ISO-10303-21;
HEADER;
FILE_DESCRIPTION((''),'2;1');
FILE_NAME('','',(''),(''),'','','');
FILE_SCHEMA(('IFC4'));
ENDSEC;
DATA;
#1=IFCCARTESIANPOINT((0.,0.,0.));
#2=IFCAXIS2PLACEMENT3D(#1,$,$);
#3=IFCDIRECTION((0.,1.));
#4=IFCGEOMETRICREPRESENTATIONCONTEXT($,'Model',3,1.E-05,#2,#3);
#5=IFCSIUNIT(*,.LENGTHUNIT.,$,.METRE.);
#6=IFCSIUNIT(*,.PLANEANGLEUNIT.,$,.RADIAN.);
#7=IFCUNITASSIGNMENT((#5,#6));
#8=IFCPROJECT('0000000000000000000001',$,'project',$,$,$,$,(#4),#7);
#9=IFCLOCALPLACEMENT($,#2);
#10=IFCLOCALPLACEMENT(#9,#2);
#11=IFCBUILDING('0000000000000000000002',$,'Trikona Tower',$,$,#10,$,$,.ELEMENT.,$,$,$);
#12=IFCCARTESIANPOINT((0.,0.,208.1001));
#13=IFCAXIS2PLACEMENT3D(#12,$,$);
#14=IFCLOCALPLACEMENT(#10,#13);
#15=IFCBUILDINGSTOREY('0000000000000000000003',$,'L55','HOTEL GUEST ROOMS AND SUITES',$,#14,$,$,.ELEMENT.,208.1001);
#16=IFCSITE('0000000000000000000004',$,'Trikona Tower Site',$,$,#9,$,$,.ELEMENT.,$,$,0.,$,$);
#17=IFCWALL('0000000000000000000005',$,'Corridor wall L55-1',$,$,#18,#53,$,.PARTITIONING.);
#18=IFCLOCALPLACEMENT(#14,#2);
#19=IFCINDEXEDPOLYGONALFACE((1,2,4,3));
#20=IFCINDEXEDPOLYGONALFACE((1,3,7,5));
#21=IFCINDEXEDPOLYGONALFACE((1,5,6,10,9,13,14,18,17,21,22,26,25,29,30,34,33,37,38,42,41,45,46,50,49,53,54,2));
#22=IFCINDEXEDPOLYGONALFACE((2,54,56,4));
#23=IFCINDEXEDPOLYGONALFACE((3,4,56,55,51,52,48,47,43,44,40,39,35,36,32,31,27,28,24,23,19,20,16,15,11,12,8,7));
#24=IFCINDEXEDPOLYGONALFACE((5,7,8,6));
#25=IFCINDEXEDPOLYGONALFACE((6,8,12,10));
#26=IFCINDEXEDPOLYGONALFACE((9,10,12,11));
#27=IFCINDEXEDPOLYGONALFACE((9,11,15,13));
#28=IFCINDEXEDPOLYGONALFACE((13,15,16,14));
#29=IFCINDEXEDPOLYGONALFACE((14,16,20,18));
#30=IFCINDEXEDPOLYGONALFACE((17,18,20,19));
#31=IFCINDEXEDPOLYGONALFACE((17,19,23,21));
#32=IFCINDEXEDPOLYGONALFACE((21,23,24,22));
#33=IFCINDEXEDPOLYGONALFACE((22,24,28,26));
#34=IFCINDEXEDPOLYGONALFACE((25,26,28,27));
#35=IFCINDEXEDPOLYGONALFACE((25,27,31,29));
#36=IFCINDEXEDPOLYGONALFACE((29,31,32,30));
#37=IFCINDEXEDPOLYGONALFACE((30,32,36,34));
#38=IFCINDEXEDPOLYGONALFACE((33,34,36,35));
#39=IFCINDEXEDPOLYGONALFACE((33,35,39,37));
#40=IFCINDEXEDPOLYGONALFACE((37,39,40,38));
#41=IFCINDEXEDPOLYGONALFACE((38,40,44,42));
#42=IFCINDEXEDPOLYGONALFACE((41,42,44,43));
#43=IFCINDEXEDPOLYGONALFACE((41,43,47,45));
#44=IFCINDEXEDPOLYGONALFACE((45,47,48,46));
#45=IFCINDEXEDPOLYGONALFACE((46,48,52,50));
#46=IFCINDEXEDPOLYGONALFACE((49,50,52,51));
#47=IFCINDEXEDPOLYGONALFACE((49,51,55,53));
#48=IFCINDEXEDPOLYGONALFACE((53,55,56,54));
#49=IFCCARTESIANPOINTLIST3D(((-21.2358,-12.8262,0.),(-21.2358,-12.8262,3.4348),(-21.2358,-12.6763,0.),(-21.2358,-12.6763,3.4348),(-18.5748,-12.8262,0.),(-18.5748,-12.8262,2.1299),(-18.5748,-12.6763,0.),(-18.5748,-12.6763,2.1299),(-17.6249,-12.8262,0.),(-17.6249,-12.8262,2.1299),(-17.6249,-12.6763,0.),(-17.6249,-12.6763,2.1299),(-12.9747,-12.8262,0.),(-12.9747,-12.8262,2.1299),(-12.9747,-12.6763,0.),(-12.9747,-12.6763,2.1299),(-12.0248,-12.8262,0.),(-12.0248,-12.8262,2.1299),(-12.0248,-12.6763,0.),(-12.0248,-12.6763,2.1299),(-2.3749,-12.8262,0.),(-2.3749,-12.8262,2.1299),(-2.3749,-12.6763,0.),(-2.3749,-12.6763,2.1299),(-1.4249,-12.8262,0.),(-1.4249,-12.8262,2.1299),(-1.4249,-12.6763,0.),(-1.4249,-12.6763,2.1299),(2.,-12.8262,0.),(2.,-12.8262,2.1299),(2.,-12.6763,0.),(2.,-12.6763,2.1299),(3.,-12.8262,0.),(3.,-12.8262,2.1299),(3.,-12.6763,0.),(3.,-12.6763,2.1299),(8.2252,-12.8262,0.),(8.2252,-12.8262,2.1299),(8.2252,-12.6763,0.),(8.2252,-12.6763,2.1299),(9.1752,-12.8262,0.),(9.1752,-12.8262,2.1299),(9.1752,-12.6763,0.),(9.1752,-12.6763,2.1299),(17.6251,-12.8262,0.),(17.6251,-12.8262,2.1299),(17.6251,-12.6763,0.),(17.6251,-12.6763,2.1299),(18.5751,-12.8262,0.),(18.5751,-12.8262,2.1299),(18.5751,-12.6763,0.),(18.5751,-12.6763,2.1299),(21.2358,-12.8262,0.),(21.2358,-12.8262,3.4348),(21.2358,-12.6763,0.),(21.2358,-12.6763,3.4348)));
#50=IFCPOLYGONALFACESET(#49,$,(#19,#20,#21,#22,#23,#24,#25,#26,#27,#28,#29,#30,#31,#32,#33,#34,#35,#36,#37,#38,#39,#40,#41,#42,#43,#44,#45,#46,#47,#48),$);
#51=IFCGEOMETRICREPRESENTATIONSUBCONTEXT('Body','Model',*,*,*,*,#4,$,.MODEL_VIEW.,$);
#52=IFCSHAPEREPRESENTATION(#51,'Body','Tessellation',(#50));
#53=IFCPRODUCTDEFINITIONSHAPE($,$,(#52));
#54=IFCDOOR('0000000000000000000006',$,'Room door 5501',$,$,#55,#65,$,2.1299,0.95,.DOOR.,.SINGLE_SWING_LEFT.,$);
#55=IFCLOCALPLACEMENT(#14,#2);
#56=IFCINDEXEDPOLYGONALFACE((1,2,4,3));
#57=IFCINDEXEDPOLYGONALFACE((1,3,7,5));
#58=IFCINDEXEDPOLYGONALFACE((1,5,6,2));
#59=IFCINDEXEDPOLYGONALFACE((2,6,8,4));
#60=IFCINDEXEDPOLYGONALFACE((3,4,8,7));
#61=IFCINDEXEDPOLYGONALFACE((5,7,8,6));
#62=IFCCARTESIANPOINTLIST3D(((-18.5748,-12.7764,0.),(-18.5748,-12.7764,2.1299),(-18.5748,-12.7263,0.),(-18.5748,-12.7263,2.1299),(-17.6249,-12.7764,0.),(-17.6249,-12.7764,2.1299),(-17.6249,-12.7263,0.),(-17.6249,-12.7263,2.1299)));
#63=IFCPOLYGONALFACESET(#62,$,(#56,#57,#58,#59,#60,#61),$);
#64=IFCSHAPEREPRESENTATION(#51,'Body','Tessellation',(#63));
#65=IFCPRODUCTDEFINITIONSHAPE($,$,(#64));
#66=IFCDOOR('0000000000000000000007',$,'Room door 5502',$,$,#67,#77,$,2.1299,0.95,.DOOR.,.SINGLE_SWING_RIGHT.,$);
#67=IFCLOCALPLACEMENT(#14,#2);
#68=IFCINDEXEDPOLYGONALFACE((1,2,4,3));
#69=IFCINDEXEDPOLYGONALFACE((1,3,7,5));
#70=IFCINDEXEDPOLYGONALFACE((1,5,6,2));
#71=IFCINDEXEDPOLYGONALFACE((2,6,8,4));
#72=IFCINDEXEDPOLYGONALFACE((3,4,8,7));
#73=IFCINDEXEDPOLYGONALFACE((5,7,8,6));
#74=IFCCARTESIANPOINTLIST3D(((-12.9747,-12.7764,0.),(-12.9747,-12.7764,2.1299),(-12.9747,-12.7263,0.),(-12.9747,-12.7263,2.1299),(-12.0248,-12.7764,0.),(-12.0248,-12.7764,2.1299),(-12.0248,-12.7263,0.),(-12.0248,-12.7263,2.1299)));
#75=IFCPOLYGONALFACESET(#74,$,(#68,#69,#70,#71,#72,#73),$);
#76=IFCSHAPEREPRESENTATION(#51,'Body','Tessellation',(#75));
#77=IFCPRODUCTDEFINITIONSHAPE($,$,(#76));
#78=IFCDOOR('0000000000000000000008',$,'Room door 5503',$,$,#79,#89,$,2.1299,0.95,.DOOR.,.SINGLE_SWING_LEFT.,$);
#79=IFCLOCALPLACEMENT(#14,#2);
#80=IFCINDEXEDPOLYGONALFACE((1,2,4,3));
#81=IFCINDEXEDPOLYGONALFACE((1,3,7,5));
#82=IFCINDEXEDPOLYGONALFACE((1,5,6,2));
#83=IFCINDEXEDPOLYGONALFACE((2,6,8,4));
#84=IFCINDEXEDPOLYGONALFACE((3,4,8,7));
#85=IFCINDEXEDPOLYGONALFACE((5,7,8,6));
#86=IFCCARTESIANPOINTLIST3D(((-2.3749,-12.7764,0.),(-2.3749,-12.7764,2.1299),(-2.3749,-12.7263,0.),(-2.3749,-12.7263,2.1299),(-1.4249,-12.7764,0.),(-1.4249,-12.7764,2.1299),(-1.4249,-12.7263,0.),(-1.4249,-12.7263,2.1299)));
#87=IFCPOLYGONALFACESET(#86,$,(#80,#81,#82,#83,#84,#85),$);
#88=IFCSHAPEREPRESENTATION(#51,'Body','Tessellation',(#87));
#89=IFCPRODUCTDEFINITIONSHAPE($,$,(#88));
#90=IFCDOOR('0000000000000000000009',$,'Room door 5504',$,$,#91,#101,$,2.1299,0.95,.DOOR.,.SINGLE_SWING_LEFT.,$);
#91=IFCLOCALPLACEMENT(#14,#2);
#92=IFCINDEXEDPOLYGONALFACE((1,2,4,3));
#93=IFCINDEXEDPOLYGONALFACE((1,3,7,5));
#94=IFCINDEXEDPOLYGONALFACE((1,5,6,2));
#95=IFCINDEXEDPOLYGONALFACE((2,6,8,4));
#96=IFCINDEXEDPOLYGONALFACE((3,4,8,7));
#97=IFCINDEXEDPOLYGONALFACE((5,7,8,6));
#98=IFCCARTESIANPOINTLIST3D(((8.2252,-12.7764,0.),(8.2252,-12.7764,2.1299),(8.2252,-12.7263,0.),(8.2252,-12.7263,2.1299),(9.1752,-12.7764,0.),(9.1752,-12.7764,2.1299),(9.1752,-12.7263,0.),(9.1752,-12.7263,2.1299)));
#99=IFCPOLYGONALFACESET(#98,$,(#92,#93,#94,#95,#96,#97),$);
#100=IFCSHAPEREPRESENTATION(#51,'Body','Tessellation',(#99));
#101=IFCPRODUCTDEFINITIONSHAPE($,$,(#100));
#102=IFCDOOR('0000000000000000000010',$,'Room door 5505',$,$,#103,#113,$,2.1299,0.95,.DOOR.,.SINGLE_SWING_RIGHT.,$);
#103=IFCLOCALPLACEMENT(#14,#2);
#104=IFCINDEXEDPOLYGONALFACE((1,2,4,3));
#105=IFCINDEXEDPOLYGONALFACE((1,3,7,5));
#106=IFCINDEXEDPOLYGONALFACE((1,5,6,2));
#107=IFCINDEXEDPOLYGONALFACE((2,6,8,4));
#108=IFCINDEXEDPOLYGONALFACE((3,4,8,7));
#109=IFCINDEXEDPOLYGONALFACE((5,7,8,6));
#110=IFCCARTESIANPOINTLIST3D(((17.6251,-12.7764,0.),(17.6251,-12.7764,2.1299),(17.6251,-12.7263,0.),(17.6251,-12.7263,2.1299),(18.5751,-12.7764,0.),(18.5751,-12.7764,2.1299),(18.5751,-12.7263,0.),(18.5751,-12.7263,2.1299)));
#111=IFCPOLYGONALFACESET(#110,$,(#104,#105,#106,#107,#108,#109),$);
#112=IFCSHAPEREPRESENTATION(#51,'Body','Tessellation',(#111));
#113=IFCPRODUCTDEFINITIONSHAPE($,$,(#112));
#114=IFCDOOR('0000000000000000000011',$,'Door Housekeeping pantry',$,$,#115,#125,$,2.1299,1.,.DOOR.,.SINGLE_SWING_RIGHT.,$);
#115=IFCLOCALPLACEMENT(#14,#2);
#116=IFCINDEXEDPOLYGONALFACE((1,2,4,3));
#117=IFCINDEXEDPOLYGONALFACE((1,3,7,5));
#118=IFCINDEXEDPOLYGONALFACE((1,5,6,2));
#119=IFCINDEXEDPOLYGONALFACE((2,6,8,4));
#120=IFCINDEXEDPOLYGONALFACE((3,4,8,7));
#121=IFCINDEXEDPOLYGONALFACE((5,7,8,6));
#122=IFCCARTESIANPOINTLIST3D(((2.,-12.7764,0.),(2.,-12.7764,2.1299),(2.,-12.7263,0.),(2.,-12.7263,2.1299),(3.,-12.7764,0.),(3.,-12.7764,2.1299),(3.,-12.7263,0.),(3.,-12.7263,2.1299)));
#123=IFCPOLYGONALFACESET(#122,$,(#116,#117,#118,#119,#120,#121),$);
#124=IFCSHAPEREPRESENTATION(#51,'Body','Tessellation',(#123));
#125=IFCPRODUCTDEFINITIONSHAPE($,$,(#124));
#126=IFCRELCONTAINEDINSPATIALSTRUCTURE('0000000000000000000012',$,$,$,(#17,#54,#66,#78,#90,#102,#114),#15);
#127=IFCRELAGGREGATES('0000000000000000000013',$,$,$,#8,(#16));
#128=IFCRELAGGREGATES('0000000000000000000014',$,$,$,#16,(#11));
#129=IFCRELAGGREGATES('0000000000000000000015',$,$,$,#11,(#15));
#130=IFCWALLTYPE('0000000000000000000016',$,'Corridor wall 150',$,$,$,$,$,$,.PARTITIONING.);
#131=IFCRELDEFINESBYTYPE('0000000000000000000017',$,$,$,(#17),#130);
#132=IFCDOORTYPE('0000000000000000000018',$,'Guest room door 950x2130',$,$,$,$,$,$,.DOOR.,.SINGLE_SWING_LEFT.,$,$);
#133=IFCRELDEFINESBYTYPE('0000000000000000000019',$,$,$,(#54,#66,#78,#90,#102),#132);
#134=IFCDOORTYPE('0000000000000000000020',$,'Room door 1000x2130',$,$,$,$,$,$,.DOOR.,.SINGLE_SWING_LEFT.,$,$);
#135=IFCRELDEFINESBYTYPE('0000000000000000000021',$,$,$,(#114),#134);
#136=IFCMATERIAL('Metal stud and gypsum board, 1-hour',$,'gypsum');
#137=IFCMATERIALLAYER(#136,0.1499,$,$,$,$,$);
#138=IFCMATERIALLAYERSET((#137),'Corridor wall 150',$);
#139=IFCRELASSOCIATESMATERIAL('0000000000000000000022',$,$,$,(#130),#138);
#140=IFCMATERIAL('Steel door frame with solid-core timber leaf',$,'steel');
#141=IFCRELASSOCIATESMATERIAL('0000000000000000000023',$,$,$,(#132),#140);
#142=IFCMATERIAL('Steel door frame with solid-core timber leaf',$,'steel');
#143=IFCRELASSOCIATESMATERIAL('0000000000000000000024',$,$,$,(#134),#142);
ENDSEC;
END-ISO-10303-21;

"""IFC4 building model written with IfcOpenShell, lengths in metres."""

from ifc_helpers import new_model, si_unit, direction, frame, frame_2d, origin, place, context, subcontext, project, spatial, rectangle, extrude, material, layer, layer_set, type_object, element, fill, save


model = new_model("IFC4")

# Units and contexts
model_context = context("Model", 3, precision=1e-05, world=origin(), true_north=direction((0.0, 1.0)))
body_context = subcontext(model_context, "Body", "Model", "MODEL_VIEW")
ifc_project = project(units=[si_unit("LENGTHUNIT", "METRE"), si_unit("PLANEANGLEUNIT", "RADIAN")], contexts=[model_context])

# Site, building, storey
site_placement = place(None, origin())
site = spatial("IfcSite", under=ifc_project, at=site_placement, Name="Trikona Tower Site", CompositionType="ELEMENT", RefElevation=0.0)
building_placement = place(site_placement, origin())
building = spatial("IfcBuilding", under=site, at=building_placement, Name="Trikona Tower", CompositionType="ELEMENT")
storey_placement = place(building_placement, frame((0.0, 0.0, 208.1001)))
storey = spatial("IfcBuildingStorey", under=building, at=storey_placement, Name="L55", Description="HOTEL GUEST ROOMS AND SUITES", CompositionType="ELEMENT", Elevation=208.1001)

# Wall, openings, doors
ifc_material_1 = material(Name="Metal stud and gypsum board, 1-hour", Category="gypsum")
ifc_layer_1 = layer(ifc_material_1, 0.1499)
ifc_layer_set_1 = layer_set([ifc_layer_1], Name="Corridor wall 150")
wall_type_1 = type_object("IfcWallType", Name="Corridor wall 150", PredefinedType="PARTITIONING", material=ifc_layer_set_1)
wall_1_placement = place(storey_placement, frame((-21.2358, -12.7512, 0.0), z_axis=(0.0, 0.0, 1.0), x_axis=(1.0, 0.0, 0.0)))
wall_1 = element("IfcWall", 1, at=wall_1_placement, inside=storey, type_object=wall_type_1, Name="Corridor wall L55-1", PredefinedType="PARTITIONING", context=body_context, shape_type="SweptSolid", body=[
    extrude(rectangle(XDim=42.4717, YDim=0.1499, at=frame_2d((21.2358, 0.0))), origin(), (0.0, 0.0, 1.0), 3.4348),
])
opening_1_placement = place(wall_1_placement, frame((2.6609, 0.0, 0.0)))
opening_1 = element("IfcOpeningElement", 2, at=opening_1_placement, cuts=wall_1, PredefinedType="OPENING", context=body_context, shape_type="SweptSolid", body=[
    extrude(rectangle(XDim=0.95, YDim=2.1299, at=frame_2d((0.4751, 1.0649))), frame((0.0, 0.085, 0.0), z_axis=(0.0, -1.0, 0.0), x_axis=(1.0, 0.0, 0.0)), (0.0, 0.0, 1.0), 0.1699),
])
opening_2_placement = place(wall_1_placement, frame((8.261, 0.0, 0.0)))
opening_2 = element("IfcOpeningElement", 3, at=opening_2_placement, cuts=wall_1, PredefinedType="OPENING", context=body_context, shape_type="SweptSolid", body=[
    extrude(rectangle(XDim=0.95, YDim=2.1299, at=frame_2d((0.4751, 1.0649))), frame((0.0, 0.085, 0.0), z_axis=(0.0, -1.0, 0.0), x_axis=(1.0, 0.0, 0.0)), (0.0, 0.0, 1.0), 0.1699),
])
opening_3_placement = place(wall_1_placement, frame((18.8608, 0.0, 0.0)))
opening_3 = element("IfcOpeningElement", 4, at=opening_3_placement, cuts=wall_1, PredefinedType="OPENING", context=body_context, shape_type="SweptSolid", body=[
    extrude(rectangle(XDim=0.95, YDim=2.1299, at=frame_2d((0.4751, 1.0649))), frame((0.0, 0.085, 0.0), z_axis=(0.0, -1.0, 0.0), x_axis=(1.0, 0.0, 0.0)), (0.0, 0.0, 1.0), 0.1699),
])
opening_4_placement = place(wall_1_placement, frame((23.2358, 0.0, 0.0)))
opening_4 = element("IfcOpeningElement", 5, at=opening_4_placement, cuts=wall_1, PredefinedType="OPENING", context=body_context, shape_type="SweptSolid", body=[
    extrude(rectangle(XDim=1.0, YDim=2.1299, at=frame_2d((0.5, 1.0649))), frame((0.0, 0.085, 0.0), z_axis=(0.0, -1.0, 0.0), x_axis=(1.0, 0.0, 0.0)), (0.0, 0.0, 1.0), 0.1699),
])
opening_5_placement = place(wall_1_placement, frame((29.4609, 0.0, 0.0)))
opening_5 = element("IfcOpeningElement", 6, at=opening_5_placement, cuts=wall_1, PredefinedType="OPENING", context=body_context, shape_type="SweptSolid", body=[
    extrude(rectangle(XDim=0.95, YDim=2.1299, at=frame_2d((0.4751, 1.0649))), frame((0.0, 0.085, 0.0), z_axis=(0.0, -1.0, 0.0), x_axis=(1.0, 0.0, 0.0)), (0.0, 0.0, 1.0), 0.1699),
])
opening_6_placement = place(wall_1_placement, frame((38.8608, 0.0, 0.0)))
opening_6 = element("IfcOpeningElement", 7, at=opening_6_placement, cuts=wall_1, PredefinedType="OPENING", context=body_context, shape_type="SweptSolid", body=[
    extrude(rectangle(XDim=0.95, YDim=2.1299, at=frame_2d((0.4751, 1.0649))), frame((0.0, 0.085, 0.0), z_axis=(0.0, -1.0, 0.0), x_axis=(1.0, 0.0, 0.0)), (0.0, 0.0, 1.0), 0.1699),
])
ifc_material_2 = material(Name="Steel door frame with solid-core timber leaf", Category="steel")
door_type_1 = type_object("IfcDoorType", Name="Guest room door 950x2130", OperationType="SINGLE_SWING_LEFT", PredefinedType="DOOR", material=ifc_material_2)
door_1_placement = place(opening_1_placement, origin())
door_1 = element("IfcDoor", 8, at=door_1_placement, inside=storey, type_object=door_type_1, Name="Room door 5501", OperationType="SINGLE_SWING_LEFT", OverallHeight=2.1299, OverallWidth=0.95, PredefinedType="DOOR", context=body_context, shape_type="SweptSolid", body=[
    extrude(rectangle(XDim=0.95, YDim=2.1299, at=frame_2d((0.4751, 1.0649))), frame((0.0, 0.0249, 0.0), z_axis=(0.0, -1.0, 0.0), x_axis=(1.0, 0.0, 0.0)), (0.0, 0.0, 1.0), 0.05),
])
fill(opening_1, door_1)
door_2_placement = place(opening_2_placement, origin())
door_2 = element("IfcDoor", 9, at=door_2_placement, inside=storey, type_object=door_type_1, Name="Room door 5502", OperationType="SINGLE_SWING_RIGHT", OverallHeight=2.1299, OverallWidth=0.95, PredefinedType="DOOR", context=body_context, shape_type="SweptSolid", body=[
    extrude(rectangle(XDim=0.95, YDim=2.1299, at=frame_2d((0.4751, 1.0649))), frame((0.0, 0.0249, 0.0), z_axis=(0.0, -1.0, 0.0), x_axis=(1.0, 0.0, 0.0)), (0.0, 0.0, 1.0), 0.05),
])
fill(opening_2, door_2)
door_3_placement = place(opening_3_placement, origin())
door_3 = element("IfcDoor", 10, at=door_3_placement, inside=storey, type_object=door_type_1, Name="Room door 5503", OperationType="SINGLE_SWING_LEFT", OverallHeight=2.1299, OverallWidth=0.95, PredefinedType="DOOR", context=body_context, shape_type="SweptSolid", body=[
    extrude(rectangle(XDim=0.95, YDim=2.1299, at=frame_2d((0.4751, 1.0649))), frame((0.0, 0.0249, 0.0), z_axis=(0.0, -1.0, 0.0), x_axis=(1.0, 0.0, 0.0)), (0.0, 0.0, 1.0), 0.05),
])
fill(opening_3, door_3)
door_4_placement = place(opening_5_placement, origin())
door_4 = element("IfcDoor", 11, at=door_4_placement, inside=storey, type_object=door_type_1, Name="Room door 5504", OperationType="SINGLE_SWING_LEFT", OverallHeight=2.1299, OverallWidth=0.95, PredefinedType="DOOR", context=body_context, shape_type="SweptSolid", body=[
    extrude(rectangle(XDim=0.95, YDim=2.1299, at=frame_2d((0.4751, 1.0649))), frame((0.0, 0.0249, 0.0), z_axis=(0.0, -1.0, 0.0), x_axis=(1.0, 0.0, 0.0)), (0.0, 0.0, 1.0), 0.05),
])
fill(opening_5, door_4)
door_5_placement = place(opening_6_placement, origin())
door_5 = element("IfcDoor", 12, at=door_5_placement, inside=storey, type_object=door_type_1, Name="Room door 5505", OperationType="SINGLE_SWING_RIGHT", OverallHeight=2.1299, OverallWidth=0.95, PredefinedType="DOOR", context=body_context, shape_type="SweptSolid", body=[
    extrude(rectangle(XDim=0.95, YDim=2.1299, at=frame_2d((0.4751, 1.0649))), frame((0.0, 0.0249, 0.0), z_axis=(0.0, -1.0, 0.0), x_axis=(1.0, 0.0, 0.0)), (0.0, 0.0, 1.0), 0.05),
])
fill(opening_6, door_5)
ifc_material_3 = material(Name="Steel door frame with solid-core timber leaf", Category="steel")
door_type_2 = type_object("IfcDoorType", Name="Room door 1000x2130", OperationType="SINGLE_SWING_LEFT", PredefinedType="DOOR", material=ifc_material_3)
door_6_placement = place(opening_4_placement, origin())
door_6 = element("IfcDoor", 13, at=door_6_placement, inside=storey, type_object=door_type_2, Name="Door Housekeeping pantry", OperationType="SINGLE_SWING_RIGHT", OverallHeight=2.1299, OverallWidth=1.0, PredefinedType="DOOR", context=body_context, shape_type="SweptSolid", body=[
    extrude(rectangle(XDim=1.0, YDim=2.1299, at=frame_2d((0.5, 1.0649))), frame((0.0, 0.0249, 0.0), z_axis=(0.0, -1.0, 0.0), x_axis=(1.0, 0.0, 0.0)), (0.0, 0.0, 1.0), 0.05),
])
fill(opening_4, door_6)

save(model, "model.ifc")
